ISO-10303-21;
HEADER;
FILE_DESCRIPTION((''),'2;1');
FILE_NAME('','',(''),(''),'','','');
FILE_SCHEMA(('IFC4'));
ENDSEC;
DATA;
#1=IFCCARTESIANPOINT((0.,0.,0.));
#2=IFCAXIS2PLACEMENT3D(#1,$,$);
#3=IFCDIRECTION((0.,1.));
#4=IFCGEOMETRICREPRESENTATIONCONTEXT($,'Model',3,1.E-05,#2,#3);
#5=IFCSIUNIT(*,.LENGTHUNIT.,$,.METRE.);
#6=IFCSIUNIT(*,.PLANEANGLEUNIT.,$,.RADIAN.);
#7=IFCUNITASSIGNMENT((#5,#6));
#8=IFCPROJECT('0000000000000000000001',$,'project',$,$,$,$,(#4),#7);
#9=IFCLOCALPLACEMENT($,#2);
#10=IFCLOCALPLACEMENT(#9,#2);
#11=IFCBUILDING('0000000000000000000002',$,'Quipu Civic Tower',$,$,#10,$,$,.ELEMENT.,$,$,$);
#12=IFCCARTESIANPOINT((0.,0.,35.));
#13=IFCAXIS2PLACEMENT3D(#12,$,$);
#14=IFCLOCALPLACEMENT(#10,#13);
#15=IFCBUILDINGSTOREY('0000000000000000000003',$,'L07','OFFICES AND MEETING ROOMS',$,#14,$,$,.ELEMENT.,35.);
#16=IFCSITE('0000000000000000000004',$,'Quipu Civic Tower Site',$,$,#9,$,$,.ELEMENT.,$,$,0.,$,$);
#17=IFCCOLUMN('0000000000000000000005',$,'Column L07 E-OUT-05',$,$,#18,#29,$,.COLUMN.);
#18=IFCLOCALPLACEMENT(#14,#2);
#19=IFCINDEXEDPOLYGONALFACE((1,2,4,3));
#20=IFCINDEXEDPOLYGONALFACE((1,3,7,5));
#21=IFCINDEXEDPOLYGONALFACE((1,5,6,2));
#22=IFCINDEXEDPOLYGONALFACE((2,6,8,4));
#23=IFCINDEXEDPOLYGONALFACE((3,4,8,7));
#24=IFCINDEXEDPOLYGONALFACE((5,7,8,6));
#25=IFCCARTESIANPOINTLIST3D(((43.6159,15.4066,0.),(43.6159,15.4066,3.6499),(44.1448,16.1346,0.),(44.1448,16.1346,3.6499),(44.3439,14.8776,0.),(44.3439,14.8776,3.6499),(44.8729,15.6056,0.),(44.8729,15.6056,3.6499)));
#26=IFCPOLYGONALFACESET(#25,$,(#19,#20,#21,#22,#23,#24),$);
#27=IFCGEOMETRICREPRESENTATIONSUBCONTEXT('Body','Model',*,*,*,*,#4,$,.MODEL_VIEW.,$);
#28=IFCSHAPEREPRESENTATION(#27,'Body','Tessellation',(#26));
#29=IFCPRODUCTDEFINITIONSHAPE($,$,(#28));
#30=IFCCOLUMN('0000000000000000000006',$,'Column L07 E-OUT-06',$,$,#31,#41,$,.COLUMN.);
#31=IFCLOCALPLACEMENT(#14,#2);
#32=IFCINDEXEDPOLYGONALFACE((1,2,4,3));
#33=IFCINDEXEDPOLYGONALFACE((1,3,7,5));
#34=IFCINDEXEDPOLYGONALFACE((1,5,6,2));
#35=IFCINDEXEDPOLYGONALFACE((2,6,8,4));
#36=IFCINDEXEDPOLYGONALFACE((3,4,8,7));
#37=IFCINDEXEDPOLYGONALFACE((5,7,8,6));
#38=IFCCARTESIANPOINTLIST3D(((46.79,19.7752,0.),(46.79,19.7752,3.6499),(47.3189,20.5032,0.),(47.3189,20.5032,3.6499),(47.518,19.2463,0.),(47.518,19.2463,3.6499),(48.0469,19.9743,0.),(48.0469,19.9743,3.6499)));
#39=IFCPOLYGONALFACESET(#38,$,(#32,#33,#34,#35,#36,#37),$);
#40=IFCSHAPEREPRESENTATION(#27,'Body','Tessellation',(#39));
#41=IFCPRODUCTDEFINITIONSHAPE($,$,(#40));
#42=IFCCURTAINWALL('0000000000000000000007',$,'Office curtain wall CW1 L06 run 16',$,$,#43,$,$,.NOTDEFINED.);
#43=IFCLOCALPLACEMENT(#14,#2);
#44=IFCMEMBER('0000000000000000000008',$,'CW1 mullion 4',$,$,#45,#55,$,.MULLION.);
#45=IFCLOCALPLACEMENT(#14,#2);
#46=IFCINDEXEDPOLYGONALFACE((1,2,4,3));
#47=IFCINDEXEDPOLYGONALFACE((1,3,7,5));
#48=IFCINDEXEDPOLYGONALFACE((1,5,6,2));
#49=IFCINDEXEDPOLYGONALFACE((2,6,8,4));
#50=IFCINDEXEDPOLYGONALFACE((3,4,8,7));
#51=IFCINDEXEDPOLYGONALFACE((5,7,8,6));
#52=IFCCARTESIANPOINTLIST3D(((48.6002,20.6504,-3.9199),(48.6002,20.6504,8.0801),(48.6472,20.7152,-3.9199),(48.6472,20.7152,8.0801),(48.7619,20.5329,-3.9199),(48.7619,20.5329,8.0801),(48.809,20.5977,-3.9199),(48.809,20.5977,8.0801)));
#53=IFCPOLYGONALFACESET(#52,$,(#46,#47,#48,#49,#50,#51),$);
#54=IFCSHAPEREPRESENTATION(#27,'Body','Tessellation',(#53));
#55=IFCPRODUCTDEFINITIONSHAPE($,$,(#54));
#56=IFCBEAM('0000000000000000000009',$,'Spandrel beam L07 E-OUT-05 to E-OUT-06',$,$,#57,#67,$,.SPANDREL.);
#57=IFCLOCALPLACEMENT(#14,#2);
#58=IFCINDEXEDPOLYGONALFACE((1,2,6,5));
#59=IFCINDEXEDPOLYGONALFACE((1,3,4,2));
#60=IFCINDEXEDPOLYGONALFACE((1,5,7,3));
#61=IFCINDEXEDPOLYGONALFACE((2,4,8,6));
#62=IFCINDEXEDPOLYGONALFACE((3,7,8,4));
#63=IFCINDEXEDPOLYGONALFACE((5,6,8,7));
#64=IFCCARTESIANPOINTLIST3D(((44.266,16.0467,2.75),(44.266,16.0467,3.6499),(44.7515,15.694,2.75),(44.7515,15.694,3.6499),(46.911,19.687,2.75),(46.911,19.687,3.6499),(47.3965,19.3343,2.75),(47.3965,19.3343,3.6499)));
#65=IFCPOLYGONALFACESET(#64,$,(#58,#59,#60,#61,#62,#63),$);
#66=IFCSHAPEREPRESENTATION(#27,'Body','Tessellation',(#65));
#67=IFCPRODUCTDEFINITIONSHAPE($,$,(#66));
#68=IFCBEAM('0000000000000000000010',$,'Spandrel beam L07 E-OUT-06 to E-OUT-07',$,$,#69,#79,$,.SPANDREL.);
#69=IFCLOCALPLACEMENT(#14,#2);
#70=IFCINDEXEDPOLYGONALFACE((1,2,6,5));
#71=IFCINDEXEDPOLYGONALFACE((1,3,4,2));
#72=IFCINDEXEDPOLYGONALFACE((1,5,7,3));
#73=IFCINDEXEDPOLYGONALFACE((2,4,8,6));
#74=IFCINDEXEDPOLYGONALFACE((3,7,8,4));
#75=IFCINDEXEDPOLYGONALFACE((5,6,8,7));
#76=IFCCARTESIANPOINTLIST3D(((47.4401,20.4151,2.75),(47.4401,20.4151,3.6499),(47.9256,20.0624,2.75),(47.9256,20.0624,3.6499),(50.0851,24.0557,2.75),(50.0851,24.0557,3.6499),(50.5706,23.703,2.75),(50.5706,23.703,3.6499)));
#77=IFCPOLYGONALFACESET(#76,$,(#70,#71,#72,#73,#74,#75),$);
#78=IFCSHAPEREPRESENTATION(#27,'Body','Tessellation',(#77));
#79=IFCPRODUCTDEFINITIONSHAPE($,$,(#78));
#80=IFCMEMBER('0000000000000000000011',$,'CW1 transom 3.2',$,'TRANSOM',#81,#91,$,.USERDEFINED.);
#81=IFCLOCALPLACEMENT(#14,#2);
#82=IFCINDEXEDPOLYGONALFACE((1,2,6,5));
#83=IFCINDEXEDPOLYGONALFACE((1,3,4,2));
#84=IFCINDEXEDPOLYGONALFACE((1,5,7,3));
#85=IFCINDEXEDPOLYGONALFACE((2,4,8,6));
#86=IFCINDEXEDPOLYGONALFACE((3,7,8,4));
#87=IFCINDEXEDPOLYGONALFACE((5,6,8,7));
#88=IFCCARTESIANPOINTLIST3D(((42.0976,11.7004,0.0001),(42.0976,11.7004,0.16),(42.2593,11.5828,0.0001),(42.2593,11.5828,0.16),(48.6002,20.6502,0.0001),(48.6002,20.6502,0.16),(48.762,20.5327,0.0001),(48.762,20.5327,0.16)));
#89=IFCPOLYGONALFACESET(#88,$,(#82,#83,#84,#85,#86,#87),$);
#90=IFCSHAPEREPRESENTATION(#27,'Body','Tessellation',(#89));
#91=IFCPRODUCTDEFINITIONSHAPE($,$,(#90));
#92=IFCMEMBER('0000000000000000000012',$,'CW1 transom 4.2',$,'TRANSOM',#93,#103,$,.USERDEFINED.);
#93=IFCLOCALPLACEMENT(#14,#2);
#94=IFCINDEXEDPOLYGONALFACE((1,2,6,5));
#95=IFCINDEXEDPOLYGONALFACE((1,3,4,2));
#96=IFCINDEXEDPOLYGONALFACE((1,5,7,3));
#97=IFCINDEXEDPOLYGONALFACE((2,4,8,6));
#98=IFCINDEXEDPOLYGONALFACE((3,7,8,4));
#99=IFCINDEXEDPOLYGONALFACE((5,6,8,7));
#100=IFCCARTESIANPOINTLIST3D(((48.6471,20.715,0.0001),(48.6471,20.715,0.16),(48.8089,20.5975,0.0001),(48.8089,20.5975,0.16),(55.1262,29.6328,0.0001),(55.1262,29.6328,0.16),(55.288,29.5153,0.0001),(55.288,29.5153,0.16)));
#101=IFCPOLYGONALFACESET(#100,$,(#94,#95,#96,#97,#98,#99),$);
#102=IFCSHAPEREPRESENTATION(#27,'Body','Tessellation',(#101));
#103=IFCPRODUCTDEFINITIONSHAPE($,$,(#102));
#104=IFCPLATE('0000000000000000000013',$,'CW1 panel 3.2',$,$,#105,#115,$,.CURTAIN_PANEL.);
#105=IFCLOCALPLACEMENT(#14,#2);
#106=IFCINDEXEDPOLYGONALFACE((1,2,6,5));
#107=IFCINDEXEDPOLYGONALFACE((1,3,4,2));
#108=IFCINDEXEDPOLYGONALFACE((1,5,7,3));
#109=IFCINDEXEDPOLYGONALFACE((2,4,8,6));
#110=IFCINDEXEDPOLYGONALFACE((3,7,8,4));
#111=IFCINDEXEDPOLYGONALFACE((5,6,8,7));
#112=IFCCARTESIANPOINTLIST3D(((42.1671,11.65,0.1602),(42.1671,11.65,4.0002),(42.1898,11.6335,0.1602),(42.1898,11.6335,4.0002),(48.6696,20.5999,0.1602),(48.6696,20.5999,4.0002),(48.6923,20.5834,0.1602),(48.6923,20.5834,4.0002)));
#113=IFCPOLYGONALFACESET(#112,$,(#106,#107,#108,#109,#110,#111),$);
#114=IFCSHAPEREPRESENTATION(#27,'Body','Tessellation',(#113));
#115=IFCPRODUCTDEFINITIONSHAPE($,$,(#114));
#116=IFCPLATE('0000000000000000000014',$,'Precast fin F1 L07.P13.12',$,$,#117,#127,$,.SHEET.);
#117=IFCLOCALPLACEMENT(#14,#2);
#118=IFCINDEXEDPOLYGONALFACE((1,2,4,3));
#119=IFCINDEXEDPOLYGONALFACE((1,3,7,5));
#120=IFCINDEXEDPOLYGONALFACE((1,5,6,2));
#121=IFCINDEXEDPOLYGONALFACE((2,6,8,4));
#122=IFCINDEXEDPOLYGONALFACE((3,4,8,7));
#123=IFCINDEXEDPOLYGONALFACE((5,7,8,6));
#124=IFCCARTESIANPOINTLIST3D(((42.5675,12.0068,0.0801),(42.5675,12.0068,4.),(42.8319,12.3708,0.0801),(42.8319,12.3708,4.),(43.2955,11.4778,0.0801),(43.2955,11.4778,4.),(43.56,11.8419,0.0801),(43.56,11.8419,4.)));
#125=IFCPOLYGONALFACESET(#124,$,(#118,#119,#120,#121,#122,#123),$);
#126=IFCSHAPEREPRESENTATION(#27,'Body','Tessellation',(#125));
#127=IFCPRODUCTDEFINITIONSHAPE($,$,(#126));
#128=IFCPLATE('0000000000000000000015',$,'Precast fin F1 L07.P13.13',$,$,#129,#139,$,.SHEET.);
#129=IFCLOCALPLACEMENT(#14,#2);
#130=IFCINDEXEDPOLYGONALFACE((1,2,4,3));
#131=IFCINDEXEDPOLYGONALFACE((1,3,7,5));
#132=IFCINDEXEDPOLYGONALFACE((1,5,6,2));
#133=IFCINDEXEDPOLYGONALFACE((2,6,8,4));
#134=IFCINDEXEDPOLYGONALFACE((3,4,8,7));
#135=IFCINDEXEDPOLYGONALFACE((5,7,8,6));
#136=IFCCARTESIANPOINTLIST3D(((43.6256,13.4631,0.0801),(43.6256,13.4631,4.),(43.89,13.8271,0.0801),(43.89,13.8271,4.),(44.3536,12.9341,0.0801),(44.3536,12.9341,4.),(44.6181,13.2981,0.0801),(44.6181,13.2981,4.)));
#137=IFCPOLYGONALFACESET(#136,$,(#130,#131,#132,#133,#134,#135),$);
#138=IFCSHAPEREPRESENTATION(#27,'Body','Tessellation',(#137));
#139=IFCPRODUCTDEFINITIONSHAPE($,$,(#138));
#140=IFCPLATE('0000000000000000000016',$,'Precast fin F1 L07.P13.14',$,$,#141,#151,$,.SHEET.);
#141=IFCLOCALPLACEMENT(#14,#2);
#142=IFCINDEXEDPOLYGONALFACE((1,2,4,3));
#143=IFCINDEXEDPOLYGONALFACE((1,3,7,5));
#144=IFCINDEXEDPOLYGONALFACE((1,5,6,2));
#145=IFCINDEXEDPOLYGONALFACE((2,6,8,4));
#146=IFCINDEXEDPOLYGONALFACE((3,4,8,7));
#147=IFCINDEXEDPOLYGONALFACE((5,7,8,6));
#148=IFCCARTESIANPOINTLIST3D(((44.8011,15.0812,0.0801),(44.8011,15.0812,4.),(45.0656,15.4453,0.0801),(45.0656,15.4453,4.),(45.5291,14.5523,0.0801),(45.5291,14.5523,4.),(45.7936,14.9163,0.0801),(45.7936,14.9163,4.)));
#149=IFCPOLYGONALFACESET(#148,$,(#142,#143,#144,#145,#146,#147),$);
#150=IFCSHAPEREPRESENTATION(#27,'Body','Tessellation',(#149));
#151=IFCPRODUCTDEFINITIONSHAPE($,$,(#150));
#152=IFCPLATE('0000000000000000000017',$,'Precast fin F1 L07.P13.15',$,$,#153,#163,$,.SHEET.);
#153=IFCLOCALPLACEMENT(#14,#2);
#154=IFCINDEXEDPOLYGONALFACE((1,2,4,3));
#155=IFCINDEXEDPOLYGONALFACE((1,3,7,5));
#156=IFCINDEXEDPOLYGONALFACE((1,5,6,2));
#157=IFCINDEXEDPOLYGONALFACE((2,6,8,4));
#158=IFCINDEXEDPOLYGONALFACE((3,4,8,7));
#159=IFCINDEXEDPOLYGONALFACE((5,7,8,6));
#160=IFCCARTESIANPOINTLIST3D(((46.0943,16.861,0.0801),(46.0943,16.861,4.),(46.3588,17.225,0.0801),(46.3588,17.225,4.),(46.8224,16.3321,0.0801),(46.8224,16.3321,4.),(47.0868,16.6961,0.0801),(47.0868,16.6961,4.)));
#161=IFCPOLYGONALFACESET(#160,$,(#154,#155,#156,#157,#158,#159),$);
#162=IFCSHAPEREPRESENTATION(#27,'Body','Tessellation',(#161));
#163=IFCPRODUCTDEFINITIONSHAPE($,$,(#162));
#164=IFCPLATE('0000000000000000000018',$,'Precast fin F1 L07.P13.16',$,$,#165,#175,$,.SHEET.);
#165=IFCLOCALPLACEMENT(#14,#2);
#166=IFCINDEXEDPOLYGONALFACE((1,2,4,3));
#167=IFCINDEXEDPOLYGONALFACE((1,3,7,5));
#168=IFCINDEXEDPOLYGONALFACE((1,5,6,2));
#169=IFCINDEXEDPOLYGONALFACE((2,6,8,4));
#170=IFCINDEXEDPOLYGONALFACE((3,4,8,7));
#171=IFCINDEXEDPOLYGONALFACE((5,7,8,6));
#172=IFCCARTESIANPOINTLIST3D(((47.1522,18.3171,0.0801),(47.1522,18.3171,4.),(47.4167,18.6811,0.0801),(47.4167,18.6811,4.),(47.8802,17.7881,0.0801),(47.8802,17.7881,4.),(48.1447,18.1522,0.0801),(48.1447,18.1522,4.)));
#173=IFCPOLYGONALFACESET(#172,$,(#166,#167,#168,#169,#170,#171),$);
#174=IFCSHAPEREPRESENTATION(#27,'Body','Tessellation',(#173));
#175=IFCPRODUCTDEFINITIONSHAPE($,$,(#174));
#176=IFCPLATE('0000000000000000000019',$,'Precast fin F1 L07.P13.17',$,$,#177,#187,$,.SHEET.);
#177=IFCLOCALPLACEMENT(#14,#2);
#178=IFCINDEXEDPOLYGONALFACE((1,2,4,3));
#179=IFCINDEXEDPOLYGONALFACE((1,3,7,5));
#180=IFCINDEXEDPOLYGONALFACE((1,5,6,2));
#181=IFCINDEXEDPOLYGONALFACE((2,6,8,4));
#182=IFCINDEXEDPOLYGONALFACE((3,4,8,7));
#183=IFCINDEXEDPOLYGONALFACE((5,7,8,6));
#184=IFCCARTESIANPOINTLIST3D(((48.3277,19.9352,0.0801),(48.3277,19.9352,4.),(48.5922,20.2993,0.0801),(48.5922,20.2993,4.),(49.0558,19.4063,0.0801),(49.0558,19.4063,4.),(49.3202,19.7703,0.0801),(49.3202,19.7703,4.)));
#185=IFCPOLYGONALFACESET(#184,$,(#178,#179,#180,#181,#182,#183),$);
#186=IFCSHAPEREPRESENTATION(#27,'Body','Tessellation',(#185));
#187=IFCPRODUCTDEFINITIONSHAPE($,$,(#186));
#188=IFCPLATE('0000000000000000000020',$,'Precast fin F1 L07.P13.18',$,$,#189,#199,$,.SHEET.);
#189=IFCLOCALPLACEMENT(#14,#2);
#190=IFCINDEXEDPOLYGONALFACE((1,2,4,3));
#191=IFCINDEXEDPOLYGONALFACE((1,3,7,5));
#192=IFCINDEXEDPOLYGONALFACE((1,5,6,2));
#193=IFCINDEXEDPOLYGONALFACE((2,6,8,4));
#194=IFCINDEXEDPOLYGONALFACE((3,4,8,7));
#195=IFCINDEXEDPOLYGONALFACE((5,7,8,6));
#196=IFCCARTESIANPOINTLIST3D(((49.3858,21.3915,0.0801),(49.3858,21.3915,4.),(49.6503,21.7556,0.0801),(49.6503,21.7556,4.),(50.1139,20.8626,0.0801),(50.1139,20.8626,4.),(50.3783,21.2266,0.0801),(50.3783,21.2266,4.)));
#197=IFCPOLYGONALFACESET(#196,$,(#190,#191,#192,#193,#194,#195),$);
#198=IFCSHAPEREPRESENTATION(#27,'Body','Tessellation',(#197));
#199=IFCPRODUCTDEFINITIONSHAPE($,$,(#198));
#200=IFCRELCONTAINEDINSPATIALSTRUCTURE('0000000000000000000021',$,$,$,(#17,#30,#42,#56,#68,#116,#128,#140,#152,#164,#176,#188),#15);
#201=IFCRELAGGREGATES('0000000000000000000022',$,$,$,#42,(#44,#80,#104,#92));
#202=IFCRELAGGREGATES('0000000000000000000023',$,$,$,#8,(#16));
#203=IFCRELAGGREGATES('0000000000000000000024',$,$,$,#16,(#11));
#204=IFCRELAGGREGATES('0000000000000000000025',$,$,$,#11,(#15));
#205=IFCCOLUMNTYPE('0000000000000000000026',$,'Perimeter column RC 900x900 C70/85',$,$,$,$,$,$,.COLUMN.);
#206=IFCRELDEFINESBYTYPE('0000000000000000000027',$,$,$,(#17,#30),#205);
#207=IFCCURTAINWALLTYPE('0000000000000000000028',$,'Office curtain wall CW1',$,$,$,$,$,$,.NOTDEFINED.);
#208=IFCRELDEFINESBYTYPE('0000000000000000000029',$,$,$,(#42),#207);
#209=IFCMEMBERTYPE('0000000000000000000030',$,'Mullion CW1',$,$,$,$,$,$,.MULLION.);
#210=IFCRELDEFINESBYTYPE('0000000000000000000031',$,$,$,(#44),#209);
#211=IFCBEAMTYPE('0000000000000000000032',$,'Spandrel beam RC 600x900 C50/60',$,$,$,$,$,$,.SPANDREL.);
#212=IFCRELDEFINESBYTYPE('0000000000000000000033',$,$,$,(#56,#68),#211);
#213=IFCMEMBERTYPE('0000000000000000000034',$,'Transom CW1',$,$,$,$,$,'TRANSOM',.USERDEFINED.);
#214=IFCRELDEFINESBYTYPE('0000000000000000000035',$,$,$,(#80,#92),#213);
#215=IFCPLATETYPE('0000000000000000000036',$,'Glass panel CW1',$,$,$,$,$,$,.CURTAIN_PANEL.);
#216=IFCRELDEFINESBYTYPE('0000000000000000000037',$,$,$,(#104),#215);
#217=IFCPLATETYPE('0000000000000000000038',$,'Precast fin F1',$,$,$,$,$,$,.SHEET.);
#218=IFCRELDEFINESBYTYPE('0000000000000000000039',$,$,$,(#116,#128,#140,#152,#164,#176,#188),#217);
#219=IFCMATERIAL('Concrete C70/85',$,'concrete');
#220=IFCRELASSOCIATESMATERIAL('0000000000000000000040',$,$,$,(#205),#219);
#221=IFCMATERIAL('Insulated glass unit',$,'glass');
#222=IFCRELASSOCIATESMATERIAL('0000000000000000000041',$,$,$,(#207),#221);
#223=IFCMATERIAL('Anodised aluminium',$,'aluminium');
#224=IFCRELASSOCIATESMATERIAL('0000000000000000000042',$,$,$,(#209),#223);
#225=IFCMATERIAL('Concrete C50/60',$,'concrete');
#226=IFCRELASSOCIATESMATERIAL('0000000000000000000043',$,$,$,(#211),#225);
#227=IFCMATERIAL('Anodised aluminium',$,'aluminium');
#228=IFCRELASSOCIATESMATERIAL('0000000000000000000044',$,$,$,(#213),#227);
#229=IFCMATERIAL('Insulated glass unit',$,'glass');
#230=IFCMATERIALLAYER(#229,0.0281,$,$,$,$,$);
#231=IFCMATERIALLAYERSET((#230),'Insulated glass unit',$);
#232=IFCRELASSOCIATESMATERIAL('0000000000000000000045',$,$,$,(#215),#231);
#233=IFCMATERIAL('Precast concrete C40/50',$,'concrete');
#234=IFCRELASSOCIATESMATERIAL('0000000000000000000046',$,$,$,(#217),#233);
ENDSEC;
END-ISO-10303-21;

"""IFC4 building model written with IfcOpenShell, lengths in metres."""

from ifc_helpers import new_model, si_unit, direction, frame, origin, origin_2d, place, context, subcontext, project, spatial, rectangle, extrude, material, layer, layer_set, material_profile, profile_set, type_object, element, aggregate, save


model = new_model("IFC4")

# Units and contexts
model_context = context("Model", 3, precision=1e-05, world=origin(), true_north=direction((0.0, 1.0)))
body_context = subcontext(model_context, "Body", "Model", "MODEL_VIEW")
ifc_project = project(units=[si_unit("LENGTHUNIT", "METRE"), si_unit("PLANEANGLEUNIT", "RADIAN")], contexts=[model_context])

# Site, building, storey
site_placement = place(None, origin())
site = spatial("IfcSite", under=ifc_project, at=site_placement, Name="Quipu Civic Tower Site", CompositionType="ELEMENT", RefElevation=0.0)
building_placement = place(site_placement, origin())
building = spatial("IfcBuilding", under=site, at=building_placement, Name="Quipu Civic Tower", CompositionType="ELEMENT")
storey_placement = place(building_placement, frame((0.0, 0.0, 35.0)))
storey = spatial("IfcBuildingStorey", under=building, at=storey_placement, Name="L07", Description="OFFICES AND MEETING ROOMS", CompositionType="ELEMENT", Elevation=35.0)

# Columns
ifc_material_1 = material(Name="Concrete C70/85", Category="concrete")
ifc_material_profile_1 = material_profile(ifc_material_1, rectangle(XDim=0.8999, YDim=0.8999, at=origin_2d()), Name="RC900x900")
ifc_profile_set_1 = profile_set([ifc_material_profile_1], Name="Concrete C70/85")
column_type = type_object("IfcColumnType", Name="Perimeter column RC 900x900 C70/85", PredefinedType="COLUMN", material=ifc_profile_set_1)
for number, where, z_axis, x_axis, name in (
    (1, (44.2444, 15.5061, 0.0), (0.0, 0.0, 1.0), (0.587785, 0.809017, 0.0), "Column L07 E-OUT-05"),
    (2, (47.4185, 19.8748, 0.0), (0.0, 0.0, 1.0), (0.587785, 0.809017, 0.0), "Column L07 E-OUT-06"),
):
    element("IfcColumn", number, at=place(storey_placement, frame(where, z_axis=z_axis, x_axis=x_axis)), inside=storey, type_object=column_type, Name=name, PredefinedType="COLUMN", context=body_context, shape_type="SweptSolid", body=[
        extrude(rectangle(XDim=0.8999, YDim=0.8999, at=origin_2d()), origin(), (0.0, 0.0, 1.0), 3.6499),
    ])

# Curtain wall, member
ifc_material_2 = material(Name="Insulated glass unit", Category="glass")
curtain_wall_type = type_object("IfcCurtainWallType", Name="Office curtain wall CW1", PredefinedType="NOTDEFINED", material=ifc_material_2)
curtain_wall_placement = place(storey_placement, origin())
curtain_wall = element("IfcCurtainWall", 3, at=curtain_wall_placement, inside=storey, type_object=curtain_wall_type, Name="Office curtain wall CW1 L06 run 16", PredefinedType="NOTDEFINED")
ifc_material_3 = material(Name="Anodised aluminium", Category="aluminium")
ifc_material_profile_2 = material_profile(ifc_material_3, rectangle(XDim=0.2, YDim=0.0801, at=origin_2d()), Name="RECT 200x80")
ifc_profile_set_2 = profile_set([ifc_material_profile_2], Name="Anodised aluminium")
member_type_1 = type_object("IfcMemberType", Name="Mullion CW1", PredefinedType="MULLION", material=ifc_profile_set_2)
member_1_placement = place(storey_placement, frame((48.7046, 20.624, -3.9199), z_axis=(0.0, 0.0, 1.0), x_axis=(-0.809017, 0.587786, 0.0)))
member_1 = element("IfcMember", 4, at=member_1_placement, type_object=member_type_1, Name="CW1 mullion 4", PredefinedType="MULLION", context=body_context, shape_type="SweptSolid", body=[
    extrude(rectangle(XDim=0.2, YDim=0.0801, at=origin_2d()), origin(), (0.0, 0.0, 1.0), 12.0),
])

# Beams
ifc_material_4 = material(Name="Concrete C50/60", Category="concrete")
ifc_material_profile_3 = material_profile(ifc_material_4, rectangle(XDim=0.6001, YDim=0.8999, at=origin_2d()), Name="RC600x900")
ifc_profile_set_3 = profile_set([ifc_material_profile_3], Name="Concrete C50/60")
beam_type = type_object("IfcBeamType", Name="Spandrel beam RC 600x900 C50/60", PredefinedType="SPANDREL", material=ifc_profile_set_3)
beam_1_placement = place(storey_placement, frame((44.5088, 15.8704, 3.2), z_axis=(0.587804, 0.809003, 0.0), x_axis=(-0.809003, 0.587804, 0.0)))
element("IfcBeam", 5, at=beam_1_placement, inside=storey, type_object=beam_type, Name="Spandrel beam L07 E-OUT-05 to E-OUT-06", PredefinedType="SPANDREL", context=body_context, shape_type="SweptSolid", body=[
    extrude(rectangle(XDim=0.6001, YDim=0.8999, at=origin_2d()), origin(), (0.0, 0.0, 1.0), 4.4998),
])
beam_2_placement = place(storey_placement, frame((47.6829, 20.2388, 3.2), z_axis=(0.587778, 0.809022, 0.0), x_axis=(-0.809022, 0.587778, 0.0)))
element("IfcBeam", 6, at=beam_2_placement, inside=storey, type_object=beam_type, Name="Spandrel beam L07 E-OUT-06 to E-OUT-07", PredefinedType="SPANDREL", context=body_context, shape_type="SweptSolid", body=[
    extrude(rectangle(XDim=0.6001, YDim=0.8999, at=origin_2d()), origin(), (0.0, 0.0, 1.0), 4.5),
])

# Members
ifc_material_5 = material(Name="Anodised aluminium", Category="aluminium")
ifc_material_profile_4 = material_profile(ifc_material_5, rectangle(XDim=0.2, YDim=0.1599, at=origin_2d()), Name="RECT 200x160")
ifc_profile_set_4 = profile_set([ifc_material_profile_4], Name="Anodised aluminium")
member_type_2 = type_object("IfcMemberType", Name="Transom CW1", ElementType="TRANSOM", PredefinedType="USERDEFINED", material=ifc_profile_set_4)
member_2_placement = place(storey_placement, frame((42.1785, 11.6416, 0.0801), z_axis=(0.587795, 0.80901, 0.0), x_axis=(-0.80901, 0.587795, 0.0)))
member_2 = element("IfcMember", 7, at=member_2_placement, type_object=member_type_2, Name="CW1 transom 3.2", ObjectType="TRANSOM", PredefinedType="USERDEFINED", context=body_context, shape_type="SweptSolid", body=[
    extrude(rectangle(XDim=0.2, YDim=0.1599, at=origin_2d()), origin(), (0.0, 0.0, 1.0), 11.0627),
])
member_3_placement = place(storey_placement, frame((48.728, 20.6562, 0.0801), z_axis=(0.587779, 0.809021, 0.0), x_axis=(-0.809021, 0.587779, 0.0)))
member_3 = element("IfcMember", 8, at=member_3_placement, type_object=member_type_2, Name="CW1 transom 4.2", ObjectType="TRANSOM", PredefinedType="USERDEFINED", context=body_context, shape_type="SweptSolid", body=[
    extrude(rectangle(XDim=0.2, YDim=0.1599, at=origin_2d()), origin(), (0.0, 0.0, 1.0), 11.0229),
])

# Plate
ifc_material_6 = material(Name="Insulated glass unit", Category="glass")
ifc_layer_1 = layer(ifc_material_6, 0.0281)
ifc_layer_set_1 = layer_set([ifc_layer_1], Name="Insulated glass unit")
plate_type_1 = type_object("IfcPlateType", Name="Glass panel CW1", PredefinedType="CURTAIN_PANEL", material=ifc_layer_set_1)
plate_placement = place(storey_placement, frame((45.4297, 16.1167, 0.1602), z_axis=(0.0, 0.0, 1.0), x_axis=(0.587786, 0.809017, 0.0)))
plate = element("IfcPlate", 9, at=plate_placement, type_object=plate_type_1, Name="CW1 panel 3.2", PredefinedType="CURTAIN_PANEL", context=body_context, shape_type="SweptSolid", body=[
    extrude(rectangle(XDim=11.0627, YDim=0.0281, at=origin_2d()), origin(), (0.0, 0.0, 1.0), 3.8401),
])
aggregate(curtain_wall, [member_1, member_2, plate, member_3])

# Plates
ifc_material_7 = material(Name="Precast concrete C40/50", Category="concrete")
plate_type_2 = type_object("IfcPlateType", Name="Precast fin F1", PredefinedType="SHEET", material=ifc_material_7)
for number, where, z_axis, x_axis, name in (
    (10, (43.0637, 11.9243, 0.0801), (0.0, 0.0, 1.0), (0.587786, 0.809017, 0.0), "Precast fin F1 L07.P13.12"),
    (11, (44.1218, 13.3806, 0.0801), (0.0, 0.0, 1.0), (0.587786, 0.809017, 0.0), "Precast fin F1 L07.P13.13"),
    (12, (45.2974, 14.9988, 0.0801), (0.0, 0.0, 1.0), (0.587786, 0.809017, 0.0), "Precast fin F1 L07.P13.14"),
    (13, (46.5906, 16.7786, 0.0801), (0.0, 0.0, 1.0), (0.587786, 0.809017, 0.0), "Precast fin F1 L07.P13.15"),
    (14, (47.6484, 18.2346, 0.0801), (0.0, 0.0, 1.0), (0.587786, 0.809017, 0.0), "Precast fin F1 L07.P13.16"),
    (15, (48.824, 19.8528, 0.0801), (0.0, 0.0, 1.0), (0.587786, 0.809017, 0.0), "Precast fin F1 L07.P13.17"),
    (16, (49.8821, 21.3091, 0.0801), (0.0, 0.0, 1.0), (0.587786, 0.809017, 0.0), "Precast fin F1 L07.P13.18"),
):
    element("IfcPlate", number, at=place(storey_placement, frame(where, z_axis=z_axis, x_axis=x_axis)), inside=storey, type_object=plate_type_2, Name=name, PredefinedType="SHEET", context=body_context, shape_type="SweptSolid", body=[
        extrude(rectangle(XDim=0.45, YDim=0.8999, at=origin_2d()), origin(), (0.0, 0.0, 1.0), 3.9199),
    ])

save(model, "model.ifc")
